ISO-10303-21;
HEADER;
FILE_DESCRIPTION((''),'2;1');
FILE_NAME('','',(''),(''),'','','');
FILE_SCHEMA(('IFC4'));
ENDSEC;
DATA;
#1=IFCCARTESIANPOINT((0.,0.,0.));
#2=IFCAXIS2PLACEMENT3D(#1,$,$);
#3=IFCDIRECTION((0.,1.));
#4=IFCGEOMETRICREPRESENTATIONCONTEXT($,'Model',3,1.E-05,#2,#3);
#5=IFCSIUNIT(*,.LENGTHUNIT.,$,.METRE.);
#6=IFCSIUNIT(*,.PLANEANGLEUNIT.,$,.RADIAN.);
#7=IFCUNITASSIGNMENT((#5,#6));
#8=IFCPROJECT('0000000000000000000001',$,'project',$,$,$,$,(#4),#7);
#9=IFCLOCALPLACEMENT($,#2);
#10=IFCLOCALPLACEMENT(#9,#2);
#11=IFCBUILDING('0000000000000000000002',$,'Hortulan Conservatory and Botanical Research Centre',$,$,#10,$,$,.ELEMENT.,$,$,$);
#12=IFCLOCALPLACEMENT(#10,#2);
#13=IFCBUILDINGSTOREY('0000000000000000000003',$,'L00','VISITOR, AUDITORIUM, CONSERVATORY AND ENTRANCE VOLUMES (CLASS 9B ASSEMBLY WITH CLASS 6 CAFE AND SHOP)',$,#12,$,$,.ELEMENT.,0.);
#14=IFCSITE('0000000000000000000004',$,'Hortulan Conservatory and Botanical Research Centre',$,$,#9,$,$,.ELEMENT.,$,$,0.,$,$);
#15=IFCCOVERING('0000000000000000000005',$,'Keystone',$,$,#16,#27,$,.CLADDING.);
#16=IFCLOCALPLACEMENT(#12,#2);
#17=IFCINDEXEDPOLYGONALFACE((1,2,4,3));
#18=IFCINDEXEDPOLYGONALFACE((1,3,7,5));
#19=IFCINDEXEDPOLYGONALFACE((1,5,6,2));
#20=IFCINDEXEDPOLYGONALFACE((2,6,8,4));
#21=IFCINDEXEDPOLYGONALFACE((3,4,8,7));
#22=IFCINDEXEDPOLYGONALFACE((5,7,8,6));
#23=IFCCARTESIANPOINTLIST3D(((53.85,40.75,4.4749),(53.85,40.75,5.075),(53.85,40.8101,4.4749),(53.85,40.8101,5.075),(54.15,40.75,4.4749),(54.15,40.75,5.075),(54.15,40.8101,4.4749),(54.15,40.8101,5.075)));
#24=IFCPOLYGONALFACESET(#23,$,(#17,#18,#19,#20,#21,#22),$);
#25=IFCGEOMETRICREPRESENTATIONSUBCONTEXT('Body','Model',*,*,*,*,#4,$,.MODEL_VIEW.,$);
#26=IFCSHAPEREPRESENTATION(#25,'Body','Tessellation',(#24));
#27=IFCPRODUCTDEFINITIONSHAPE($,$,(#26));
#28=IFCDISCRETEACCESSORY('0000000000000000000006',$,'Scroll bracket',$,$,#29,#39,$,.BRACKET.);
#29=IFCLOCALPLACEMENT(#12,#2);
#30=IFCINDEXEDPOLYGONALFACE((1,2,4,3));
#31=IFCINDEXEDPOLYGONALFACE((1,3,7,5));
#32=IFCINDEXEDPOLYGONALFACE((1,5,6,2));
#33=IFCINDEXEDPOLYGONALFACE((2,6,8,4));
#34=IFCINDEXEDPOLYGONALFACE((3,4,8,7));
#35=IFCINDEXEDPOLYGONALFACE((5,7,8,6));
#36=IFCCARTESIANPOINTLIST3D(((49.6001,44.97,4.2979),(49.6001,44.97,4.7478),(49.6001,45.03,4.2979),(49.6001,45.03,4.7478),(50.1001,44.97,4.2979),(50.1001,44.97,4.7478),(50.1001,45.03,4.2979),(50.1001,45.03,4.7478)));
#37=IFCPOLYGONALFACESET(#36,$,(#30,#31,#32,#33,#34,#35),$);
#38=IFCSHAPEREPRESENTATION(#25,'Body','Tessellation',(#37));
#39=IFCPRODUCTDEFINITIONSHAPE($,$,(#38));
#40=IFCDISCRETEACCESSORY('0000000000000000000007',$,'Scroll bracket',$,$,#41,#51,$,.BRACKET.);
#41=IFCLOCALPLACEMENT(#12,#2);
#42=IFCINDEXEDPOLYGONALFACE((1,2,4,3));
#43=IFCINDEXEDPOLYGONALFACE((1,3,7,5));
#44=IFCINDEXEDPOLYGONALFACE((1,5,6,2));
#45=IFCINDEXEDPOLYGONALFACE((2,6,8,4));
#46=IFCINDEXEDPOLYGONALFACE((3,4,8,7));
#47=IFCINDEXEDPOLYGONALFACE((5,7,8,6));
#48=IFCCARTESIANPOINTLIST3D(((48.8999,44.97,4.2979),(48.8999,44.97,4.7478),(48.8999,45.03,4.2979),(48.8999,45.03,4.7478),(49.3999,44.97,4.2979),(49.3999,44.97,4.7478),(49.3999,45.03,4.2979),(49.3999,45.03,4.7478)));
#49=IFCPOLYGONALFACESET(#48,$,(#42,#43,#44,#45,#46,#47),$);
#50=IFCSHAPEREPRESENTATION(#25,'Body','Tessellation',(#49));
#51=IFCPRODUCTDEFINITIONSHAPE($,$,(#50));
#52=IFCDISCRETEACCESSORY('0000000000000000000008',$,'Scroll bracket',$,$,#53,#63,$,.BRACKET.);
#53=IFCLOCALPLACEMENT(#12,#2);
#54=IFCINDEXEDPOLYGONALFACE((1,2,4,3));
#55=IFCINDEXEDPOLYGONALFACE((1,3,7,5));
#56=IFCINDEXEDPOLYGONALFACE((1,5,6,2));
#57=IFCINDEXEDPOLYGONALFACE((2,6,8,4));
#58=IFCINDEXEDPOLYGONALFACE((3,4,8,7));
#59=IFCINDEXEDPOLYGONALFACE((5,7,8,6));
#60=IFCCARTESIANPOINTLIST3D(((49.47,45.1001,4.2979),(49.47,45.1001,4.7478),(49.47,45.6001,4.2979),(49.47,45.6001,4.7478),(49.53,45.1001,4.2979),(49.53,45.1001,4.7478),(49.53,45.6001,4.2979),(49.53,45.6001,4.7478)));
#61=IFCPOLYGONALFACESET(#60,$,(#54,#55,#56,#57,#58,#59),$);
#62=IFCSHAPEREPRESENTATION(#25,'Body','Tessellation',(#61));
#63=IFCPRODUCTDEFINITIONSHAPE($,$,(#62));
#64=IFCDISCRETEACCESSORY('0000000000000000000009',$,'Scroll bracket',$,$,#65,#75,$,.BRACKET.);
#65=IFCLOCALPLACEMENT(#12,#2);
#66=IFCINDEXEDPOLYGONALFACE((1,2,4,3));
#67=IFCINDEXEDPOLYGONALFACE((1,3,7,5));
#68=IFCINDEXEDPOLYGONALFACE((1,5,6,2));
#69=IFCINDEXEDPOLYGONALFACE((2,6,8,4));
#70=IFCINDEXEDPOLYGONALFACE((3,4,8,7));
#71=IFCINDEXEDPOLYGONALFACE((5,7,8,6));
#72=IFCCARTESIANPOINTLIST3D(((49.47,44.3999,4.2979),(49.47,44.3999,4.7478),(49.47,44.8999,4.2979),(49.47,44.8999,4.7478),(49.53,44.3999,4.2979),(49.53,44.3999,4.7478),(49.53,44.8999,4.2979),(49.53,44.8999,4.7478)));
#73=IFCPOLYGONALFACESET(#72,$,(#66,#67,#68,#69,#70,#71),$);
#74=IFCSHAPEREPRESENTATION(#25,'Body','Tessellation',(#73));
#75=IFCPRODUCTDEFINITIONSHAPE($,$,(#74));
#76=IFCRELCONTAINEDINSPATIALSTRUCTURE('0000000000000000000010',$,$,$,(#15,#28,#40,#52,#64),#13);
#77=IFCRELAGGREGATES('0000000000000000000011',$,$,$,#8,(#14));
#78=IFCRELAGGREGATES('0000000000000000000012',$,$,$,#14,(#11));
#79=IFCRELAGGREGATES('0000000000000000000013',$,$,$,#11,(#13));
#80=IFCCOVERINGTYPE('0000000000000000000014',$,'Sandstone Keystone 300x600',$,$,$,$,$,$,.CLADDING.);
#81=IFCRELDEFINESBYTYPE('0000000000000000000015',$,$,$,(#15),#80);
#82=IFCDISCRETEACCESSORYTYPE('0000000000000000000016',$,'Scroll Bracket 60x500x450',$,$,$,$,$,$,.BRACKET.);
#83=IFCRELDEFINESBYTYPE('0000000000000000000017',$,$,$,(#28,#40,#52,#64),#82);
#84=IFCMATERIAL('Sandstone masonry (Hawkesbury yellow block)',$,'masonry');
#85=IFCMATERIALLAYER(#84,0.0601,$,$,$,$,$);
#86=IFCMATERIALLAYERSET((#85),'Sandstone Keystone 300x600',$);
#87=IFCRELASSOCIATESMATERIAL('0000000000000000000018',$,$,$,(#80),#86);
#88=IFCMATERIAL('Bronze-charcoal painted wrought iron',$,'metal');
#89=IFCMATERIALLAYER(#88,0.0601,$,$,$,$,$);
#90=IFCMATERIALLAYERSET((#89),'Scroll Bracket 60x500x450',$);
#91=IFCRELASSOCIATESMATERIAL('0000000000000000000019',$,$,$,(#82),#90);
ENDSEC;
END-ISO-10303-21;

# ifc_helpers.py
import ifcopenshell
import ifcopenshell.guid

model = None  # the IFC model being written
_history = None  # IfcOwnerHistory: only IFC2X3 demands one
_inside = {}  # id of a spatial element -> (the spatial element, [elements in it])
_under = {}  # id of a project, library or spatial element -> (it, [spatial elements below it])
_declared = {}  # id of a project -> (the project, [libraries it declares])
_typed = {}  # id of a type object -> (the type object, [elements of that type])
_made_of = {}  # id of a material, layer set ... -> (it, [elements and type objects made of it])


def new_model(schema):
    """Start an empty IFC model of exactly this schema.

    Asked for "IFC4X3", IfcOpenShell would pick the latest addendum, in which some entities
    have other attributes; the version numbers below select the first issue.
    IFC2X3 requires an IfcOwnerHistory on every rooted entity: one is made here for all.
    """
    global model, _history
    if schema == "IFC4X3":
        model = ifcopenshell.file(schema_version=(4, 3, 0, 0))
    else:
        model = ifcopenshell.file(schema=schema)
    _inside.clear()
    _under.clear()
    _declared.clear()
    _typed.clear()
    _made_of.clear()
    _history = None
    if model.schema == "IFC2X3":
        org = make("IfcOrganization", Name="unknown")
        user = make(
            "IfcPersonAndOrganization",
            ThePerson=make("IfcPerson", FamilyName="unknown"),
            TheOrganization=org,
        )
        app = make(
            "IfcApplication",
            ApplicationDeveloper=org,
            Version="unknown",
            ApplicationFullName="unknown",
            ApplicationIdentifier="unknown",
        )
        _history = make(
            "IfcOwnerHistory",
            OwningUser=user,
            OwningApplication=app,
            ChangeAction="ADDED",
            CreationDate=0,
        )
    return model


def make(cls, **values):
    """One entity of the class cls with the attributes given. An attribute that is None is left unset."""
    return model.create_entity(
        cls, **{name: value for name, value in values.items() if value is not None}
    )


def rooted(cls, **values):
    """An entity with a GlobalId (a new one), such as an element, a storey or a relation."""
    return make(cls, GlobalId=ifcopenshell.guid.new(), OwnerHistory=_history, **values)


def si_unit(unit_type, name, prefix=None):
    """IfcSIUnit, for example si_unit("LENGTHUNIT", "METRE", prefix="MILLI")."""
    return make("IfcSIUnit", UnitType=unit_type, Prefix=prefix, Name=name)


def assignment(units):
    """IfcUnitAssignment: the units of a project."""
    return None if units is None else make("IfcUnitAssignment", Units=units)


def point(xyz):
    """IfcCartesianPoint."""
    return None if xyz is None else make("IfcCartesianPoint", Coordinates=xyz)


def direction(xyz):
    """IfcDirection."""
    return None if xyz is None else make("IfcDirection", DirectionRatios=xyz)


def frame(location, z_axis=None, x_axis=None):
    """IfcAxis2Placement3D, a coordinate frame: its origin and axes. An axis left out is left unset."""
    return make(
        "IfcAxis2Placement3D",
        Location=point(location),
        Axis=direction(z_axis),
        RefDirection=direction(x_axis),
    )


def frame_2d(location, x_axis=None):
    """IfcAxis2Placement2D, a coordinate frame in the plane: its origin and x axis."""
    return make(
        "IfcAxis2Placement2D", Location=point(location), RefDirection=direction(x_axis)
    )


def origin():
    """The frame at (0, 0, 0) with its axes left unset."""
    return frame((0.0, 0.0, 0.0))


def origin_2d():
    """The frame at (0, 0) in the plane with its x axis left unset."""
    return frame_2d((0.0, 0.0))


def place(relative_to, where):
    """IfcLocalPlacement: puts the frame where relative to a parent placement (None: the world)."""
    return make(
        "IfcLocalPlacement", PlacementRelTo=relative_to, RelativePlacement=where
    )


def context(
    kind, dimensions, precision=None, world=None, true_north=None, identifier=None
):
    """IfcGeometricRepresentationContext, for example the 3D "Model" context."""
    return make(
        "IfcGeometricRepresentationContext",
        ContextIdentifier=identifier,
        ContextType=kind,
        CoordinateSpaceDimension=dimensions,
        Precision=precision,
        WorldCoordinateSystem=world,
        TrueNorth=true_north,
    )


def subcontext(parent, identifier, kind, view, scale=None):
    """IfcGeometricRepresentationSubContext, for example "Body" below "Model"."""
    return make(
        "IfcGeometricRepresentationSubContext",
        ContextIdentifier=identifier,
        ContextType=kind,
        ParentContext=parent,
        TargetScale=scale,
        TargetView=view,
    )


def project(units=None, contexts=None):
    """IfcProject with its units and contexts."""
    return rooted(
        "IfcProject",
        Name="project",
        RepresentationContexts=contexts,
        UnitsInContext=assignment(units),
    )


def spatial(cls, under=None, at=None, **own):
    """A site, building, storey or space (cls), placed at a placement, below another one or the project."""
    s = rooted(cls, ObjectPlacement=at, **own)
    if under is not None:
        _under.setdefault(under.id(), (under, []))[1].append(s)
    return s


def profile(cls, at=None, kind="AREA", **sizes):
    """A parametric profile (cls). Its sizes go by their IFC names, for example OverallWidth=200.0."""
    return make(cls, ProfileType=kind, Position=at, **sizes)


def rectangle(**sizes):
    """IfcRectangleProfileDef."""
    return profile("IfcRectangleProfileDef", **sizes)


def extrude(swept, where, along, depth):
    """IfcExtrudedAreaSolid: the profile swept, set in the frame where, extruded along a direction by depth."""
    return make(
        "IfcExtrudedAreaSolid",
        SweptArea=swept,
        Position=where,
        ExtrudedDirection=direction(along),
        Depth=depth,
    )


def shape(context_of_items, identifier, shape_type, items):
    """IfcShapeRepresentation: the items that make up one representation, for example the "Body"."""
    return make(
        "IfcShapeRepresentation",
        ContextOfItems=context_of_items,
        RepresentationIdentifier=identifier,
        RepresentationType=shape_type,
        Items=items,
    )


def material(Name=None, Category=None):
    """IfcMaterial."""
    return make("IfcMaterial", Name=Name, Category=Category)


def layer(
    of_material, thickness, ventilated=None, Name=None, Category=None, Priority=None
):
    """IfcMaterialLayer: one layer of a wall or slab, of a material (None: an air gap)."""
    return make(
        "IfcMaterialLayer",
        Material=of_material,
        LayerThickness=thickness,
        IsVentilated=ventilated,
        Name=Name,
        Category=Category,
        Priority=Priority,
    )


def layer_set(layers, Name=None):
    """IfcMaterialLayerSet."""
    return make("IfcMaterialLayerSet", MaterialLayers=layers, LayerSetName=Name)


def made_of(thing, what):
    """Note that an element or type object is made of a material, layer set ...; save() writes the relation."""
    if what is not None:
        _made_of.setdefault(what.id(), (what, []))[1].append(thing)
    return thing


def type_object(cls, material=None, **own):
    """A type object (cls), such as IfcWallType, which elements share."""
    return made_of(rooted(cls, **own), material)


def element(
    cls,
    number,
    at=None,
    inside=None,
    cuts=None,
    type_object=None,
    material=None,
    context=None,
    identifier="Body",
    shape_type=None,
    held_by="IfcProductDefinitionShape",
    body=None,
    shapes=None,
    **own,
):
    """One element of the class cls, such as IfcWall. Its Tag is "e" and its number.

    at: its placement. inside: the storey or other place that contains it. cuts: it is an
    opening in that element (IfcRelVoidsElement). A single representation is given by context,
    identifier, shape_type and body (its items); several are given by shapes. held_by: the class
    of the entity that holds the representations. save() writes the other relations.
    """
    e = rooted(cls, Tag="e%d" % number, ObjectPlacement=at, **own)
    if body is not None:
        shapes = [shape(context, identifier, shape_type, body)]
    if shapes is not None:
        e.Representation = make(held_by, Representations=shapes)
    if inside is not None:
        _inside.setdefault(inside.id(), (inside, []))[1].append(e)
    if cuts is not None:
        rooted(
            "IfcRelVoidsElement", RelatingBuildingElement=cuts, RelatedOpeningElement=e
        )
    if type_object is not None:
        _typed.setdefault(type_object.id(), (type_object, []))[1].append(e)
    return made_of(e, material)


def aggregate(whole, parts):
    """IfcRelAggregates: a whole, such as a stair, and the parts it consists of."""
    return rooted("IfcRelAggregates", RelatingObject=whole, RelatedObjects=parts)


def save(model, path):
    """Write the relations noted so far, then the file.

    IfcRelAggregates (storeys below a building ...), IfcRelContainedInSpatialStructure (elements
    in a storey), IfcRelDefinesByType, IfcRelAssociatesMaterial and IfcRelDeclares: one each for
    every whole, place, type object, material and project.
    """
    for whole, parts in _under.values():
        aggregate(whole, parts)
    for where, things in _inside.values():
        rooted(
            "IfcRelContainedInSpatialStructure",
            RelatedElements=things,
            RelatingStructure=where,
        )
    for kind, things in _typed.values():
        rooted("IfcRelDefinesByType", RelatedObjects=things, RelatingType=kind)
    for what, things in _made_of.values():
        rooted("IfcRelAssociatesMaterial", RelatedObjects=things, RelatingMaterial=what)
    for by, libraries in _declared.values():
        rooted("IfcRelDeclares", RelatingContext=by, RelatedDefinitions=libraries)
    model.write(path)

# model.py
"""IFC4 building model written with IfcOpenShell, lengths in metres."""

from ifc_helpers import new_model, si_unit, direction, frame, origin, origin_2d, place, context, subcontext, project, spatial, rectangle, extrude, material, layer, layer_set, type_object, element, save


model = new_model("IFC4")

# Units and contexts
model_context = context("Model", 3, precision=1e-05, world=origin(), true_north=direction((0.0, 1.0)))
body_context = subcontext(model_context, "Body", "Model", "MODEL_VIEW")
ifc_project = project(units=[si_unit("LENGTHUNIT", "METRE"), si_unit("PLANEANGLEUNIT", "RADIAN")], contexts=[model_context])

# Site, building, storey
site_placement = place(None, origin())
site = spatial("IfcSite", under=ifc_project, at=site_placement, Name="Hortulan Conservatory and Botanical Research Centre", CompositionType="ELEMENT", RefElevation=0.0)
building_placement = place(site_placement, origin())
building = spatial("IfcBuilding", under=site, at=building_placement, Name="Hortulan Conservatory and Botanical Research Centre", CompositionType="ELEMENT")
storey_placement = place(building_placement, origin())
storey = spatial("IfcBuildingStorey", under=building, at=storey_placement, Name="L00", Description="VISITOR, AUDITORIUM, CONSERVATORY AND ENTRANCE VOLUMES (CLASS 9B ASSEMBLY WITH CLASS 6 CAFE AND SHOP)", CompositionType="ELEMENT", Elevation=0.0)

# Shared definitions
ifc_material_1 = material(Name="Sandstone masonry (Hawkesbury yellow block)", Category="masonry")

# Covering
ifc_layer_1 = layer(ifc_material_1, 0.0601)
ifc_layer_set_1 = layer_set([ifc_layer_1], Name="Sandstone Keystone 300x600")
covering_type = type_object("IfcCoveringType", Name="Sandstone Keystone 300x600", PredefinedType="CLADDING", material=ifc_layer_set_1)
covering_placement = place(storey_placement, frame((54.0, 40.78, 4.4749), z_axis=(0.0, 0.0, 1.0), x_axis=(1.0, 0.0, 0.0)))
element("IfcCovering", 1, at=covering_placement, inside=storey, type_object=covering_type, Name="Keystone", PredefinedType="CLADDING", context=body_context, shape_type="SweptSolid", body=[
    extrude(rectangle(XDim=0.3, YDim=0.0601, at=origin_2d()), origin(), (0.0, 0.0, 1.0), 0.6001),
])

# Discrete accessories
ifc_material_2 = material(Name="Bronze-charcoal painted wrought iron", Category="metal")
ifc_layer_2 = layer(ifc_material_2, 0.0601)
ifc_layer_set_2 = layer_set([ifc_layer_2], Name="Scroll Bracket 60x500x450")
discrete_accessory_type = type_object("IfcDiscreteAccessoryType", Name="Scroll Bracket 60x500x450", PredefinedType="BRACKET", material=ifc_layer_set_2)
for number, where, z_axis, x_axis, name in (
    (2, (49.8501, 45.0, 4.2979), (0.0, 0.0, 1.0), (1.0, 0.0, 0.0), "Scroll bracket"),
    (3, (49.1499, 45.0, 4.2979), (0.0, 0.0, 1.0), (1.0, 0.0, 0.0), "Scroll bracket"),
):
    element("IfcDiscreteAccessory", number, at=place(storey_placement, frame(where, z_axis=z_axis, x_axis=x_axis)), inside=storey, type_object=discrete_accessory_type, Name=name, PredefinedType="BRACKET", context=body_context, shape_type="SweptSolid", body=[
        extrude(rectangle(XDim=0.5, YDim=0.0601, at=origin_2d()), origin(), (0.0, 0.0, 1.0), 0.45),
    ])
for number, where, z_axis, x_axis, name in (
    (4, (49.5, 45.3501, 4.2979), (0.0, 0.0, 1.0), (1.0, 0.0, 0.0), "Scroll bracket"),
    (5, (49.5, 44.6499, 4.2979), (0.0, 0.0, 1.0), (1.0, 0.0, 0.0), "Scroll bracket"),
):
    element("IfcDiscreteAccessory", number, at=place(storey_placement, frame(where, z_axis=z_axis, x_axis=x_axis)), inside=storey, type_object=discrete_accessory_type, Name=name, PredefinedType="BRACKET", context=body_context, shape_type="SweptSolid", body=[
        extrude(rectangle(XDim=0.0601, YDim=0.5, at=origin_2d()), origin(), (0.0, 0.0, 1.0), 0.45),
    ])

save(model, "model.ifc")
